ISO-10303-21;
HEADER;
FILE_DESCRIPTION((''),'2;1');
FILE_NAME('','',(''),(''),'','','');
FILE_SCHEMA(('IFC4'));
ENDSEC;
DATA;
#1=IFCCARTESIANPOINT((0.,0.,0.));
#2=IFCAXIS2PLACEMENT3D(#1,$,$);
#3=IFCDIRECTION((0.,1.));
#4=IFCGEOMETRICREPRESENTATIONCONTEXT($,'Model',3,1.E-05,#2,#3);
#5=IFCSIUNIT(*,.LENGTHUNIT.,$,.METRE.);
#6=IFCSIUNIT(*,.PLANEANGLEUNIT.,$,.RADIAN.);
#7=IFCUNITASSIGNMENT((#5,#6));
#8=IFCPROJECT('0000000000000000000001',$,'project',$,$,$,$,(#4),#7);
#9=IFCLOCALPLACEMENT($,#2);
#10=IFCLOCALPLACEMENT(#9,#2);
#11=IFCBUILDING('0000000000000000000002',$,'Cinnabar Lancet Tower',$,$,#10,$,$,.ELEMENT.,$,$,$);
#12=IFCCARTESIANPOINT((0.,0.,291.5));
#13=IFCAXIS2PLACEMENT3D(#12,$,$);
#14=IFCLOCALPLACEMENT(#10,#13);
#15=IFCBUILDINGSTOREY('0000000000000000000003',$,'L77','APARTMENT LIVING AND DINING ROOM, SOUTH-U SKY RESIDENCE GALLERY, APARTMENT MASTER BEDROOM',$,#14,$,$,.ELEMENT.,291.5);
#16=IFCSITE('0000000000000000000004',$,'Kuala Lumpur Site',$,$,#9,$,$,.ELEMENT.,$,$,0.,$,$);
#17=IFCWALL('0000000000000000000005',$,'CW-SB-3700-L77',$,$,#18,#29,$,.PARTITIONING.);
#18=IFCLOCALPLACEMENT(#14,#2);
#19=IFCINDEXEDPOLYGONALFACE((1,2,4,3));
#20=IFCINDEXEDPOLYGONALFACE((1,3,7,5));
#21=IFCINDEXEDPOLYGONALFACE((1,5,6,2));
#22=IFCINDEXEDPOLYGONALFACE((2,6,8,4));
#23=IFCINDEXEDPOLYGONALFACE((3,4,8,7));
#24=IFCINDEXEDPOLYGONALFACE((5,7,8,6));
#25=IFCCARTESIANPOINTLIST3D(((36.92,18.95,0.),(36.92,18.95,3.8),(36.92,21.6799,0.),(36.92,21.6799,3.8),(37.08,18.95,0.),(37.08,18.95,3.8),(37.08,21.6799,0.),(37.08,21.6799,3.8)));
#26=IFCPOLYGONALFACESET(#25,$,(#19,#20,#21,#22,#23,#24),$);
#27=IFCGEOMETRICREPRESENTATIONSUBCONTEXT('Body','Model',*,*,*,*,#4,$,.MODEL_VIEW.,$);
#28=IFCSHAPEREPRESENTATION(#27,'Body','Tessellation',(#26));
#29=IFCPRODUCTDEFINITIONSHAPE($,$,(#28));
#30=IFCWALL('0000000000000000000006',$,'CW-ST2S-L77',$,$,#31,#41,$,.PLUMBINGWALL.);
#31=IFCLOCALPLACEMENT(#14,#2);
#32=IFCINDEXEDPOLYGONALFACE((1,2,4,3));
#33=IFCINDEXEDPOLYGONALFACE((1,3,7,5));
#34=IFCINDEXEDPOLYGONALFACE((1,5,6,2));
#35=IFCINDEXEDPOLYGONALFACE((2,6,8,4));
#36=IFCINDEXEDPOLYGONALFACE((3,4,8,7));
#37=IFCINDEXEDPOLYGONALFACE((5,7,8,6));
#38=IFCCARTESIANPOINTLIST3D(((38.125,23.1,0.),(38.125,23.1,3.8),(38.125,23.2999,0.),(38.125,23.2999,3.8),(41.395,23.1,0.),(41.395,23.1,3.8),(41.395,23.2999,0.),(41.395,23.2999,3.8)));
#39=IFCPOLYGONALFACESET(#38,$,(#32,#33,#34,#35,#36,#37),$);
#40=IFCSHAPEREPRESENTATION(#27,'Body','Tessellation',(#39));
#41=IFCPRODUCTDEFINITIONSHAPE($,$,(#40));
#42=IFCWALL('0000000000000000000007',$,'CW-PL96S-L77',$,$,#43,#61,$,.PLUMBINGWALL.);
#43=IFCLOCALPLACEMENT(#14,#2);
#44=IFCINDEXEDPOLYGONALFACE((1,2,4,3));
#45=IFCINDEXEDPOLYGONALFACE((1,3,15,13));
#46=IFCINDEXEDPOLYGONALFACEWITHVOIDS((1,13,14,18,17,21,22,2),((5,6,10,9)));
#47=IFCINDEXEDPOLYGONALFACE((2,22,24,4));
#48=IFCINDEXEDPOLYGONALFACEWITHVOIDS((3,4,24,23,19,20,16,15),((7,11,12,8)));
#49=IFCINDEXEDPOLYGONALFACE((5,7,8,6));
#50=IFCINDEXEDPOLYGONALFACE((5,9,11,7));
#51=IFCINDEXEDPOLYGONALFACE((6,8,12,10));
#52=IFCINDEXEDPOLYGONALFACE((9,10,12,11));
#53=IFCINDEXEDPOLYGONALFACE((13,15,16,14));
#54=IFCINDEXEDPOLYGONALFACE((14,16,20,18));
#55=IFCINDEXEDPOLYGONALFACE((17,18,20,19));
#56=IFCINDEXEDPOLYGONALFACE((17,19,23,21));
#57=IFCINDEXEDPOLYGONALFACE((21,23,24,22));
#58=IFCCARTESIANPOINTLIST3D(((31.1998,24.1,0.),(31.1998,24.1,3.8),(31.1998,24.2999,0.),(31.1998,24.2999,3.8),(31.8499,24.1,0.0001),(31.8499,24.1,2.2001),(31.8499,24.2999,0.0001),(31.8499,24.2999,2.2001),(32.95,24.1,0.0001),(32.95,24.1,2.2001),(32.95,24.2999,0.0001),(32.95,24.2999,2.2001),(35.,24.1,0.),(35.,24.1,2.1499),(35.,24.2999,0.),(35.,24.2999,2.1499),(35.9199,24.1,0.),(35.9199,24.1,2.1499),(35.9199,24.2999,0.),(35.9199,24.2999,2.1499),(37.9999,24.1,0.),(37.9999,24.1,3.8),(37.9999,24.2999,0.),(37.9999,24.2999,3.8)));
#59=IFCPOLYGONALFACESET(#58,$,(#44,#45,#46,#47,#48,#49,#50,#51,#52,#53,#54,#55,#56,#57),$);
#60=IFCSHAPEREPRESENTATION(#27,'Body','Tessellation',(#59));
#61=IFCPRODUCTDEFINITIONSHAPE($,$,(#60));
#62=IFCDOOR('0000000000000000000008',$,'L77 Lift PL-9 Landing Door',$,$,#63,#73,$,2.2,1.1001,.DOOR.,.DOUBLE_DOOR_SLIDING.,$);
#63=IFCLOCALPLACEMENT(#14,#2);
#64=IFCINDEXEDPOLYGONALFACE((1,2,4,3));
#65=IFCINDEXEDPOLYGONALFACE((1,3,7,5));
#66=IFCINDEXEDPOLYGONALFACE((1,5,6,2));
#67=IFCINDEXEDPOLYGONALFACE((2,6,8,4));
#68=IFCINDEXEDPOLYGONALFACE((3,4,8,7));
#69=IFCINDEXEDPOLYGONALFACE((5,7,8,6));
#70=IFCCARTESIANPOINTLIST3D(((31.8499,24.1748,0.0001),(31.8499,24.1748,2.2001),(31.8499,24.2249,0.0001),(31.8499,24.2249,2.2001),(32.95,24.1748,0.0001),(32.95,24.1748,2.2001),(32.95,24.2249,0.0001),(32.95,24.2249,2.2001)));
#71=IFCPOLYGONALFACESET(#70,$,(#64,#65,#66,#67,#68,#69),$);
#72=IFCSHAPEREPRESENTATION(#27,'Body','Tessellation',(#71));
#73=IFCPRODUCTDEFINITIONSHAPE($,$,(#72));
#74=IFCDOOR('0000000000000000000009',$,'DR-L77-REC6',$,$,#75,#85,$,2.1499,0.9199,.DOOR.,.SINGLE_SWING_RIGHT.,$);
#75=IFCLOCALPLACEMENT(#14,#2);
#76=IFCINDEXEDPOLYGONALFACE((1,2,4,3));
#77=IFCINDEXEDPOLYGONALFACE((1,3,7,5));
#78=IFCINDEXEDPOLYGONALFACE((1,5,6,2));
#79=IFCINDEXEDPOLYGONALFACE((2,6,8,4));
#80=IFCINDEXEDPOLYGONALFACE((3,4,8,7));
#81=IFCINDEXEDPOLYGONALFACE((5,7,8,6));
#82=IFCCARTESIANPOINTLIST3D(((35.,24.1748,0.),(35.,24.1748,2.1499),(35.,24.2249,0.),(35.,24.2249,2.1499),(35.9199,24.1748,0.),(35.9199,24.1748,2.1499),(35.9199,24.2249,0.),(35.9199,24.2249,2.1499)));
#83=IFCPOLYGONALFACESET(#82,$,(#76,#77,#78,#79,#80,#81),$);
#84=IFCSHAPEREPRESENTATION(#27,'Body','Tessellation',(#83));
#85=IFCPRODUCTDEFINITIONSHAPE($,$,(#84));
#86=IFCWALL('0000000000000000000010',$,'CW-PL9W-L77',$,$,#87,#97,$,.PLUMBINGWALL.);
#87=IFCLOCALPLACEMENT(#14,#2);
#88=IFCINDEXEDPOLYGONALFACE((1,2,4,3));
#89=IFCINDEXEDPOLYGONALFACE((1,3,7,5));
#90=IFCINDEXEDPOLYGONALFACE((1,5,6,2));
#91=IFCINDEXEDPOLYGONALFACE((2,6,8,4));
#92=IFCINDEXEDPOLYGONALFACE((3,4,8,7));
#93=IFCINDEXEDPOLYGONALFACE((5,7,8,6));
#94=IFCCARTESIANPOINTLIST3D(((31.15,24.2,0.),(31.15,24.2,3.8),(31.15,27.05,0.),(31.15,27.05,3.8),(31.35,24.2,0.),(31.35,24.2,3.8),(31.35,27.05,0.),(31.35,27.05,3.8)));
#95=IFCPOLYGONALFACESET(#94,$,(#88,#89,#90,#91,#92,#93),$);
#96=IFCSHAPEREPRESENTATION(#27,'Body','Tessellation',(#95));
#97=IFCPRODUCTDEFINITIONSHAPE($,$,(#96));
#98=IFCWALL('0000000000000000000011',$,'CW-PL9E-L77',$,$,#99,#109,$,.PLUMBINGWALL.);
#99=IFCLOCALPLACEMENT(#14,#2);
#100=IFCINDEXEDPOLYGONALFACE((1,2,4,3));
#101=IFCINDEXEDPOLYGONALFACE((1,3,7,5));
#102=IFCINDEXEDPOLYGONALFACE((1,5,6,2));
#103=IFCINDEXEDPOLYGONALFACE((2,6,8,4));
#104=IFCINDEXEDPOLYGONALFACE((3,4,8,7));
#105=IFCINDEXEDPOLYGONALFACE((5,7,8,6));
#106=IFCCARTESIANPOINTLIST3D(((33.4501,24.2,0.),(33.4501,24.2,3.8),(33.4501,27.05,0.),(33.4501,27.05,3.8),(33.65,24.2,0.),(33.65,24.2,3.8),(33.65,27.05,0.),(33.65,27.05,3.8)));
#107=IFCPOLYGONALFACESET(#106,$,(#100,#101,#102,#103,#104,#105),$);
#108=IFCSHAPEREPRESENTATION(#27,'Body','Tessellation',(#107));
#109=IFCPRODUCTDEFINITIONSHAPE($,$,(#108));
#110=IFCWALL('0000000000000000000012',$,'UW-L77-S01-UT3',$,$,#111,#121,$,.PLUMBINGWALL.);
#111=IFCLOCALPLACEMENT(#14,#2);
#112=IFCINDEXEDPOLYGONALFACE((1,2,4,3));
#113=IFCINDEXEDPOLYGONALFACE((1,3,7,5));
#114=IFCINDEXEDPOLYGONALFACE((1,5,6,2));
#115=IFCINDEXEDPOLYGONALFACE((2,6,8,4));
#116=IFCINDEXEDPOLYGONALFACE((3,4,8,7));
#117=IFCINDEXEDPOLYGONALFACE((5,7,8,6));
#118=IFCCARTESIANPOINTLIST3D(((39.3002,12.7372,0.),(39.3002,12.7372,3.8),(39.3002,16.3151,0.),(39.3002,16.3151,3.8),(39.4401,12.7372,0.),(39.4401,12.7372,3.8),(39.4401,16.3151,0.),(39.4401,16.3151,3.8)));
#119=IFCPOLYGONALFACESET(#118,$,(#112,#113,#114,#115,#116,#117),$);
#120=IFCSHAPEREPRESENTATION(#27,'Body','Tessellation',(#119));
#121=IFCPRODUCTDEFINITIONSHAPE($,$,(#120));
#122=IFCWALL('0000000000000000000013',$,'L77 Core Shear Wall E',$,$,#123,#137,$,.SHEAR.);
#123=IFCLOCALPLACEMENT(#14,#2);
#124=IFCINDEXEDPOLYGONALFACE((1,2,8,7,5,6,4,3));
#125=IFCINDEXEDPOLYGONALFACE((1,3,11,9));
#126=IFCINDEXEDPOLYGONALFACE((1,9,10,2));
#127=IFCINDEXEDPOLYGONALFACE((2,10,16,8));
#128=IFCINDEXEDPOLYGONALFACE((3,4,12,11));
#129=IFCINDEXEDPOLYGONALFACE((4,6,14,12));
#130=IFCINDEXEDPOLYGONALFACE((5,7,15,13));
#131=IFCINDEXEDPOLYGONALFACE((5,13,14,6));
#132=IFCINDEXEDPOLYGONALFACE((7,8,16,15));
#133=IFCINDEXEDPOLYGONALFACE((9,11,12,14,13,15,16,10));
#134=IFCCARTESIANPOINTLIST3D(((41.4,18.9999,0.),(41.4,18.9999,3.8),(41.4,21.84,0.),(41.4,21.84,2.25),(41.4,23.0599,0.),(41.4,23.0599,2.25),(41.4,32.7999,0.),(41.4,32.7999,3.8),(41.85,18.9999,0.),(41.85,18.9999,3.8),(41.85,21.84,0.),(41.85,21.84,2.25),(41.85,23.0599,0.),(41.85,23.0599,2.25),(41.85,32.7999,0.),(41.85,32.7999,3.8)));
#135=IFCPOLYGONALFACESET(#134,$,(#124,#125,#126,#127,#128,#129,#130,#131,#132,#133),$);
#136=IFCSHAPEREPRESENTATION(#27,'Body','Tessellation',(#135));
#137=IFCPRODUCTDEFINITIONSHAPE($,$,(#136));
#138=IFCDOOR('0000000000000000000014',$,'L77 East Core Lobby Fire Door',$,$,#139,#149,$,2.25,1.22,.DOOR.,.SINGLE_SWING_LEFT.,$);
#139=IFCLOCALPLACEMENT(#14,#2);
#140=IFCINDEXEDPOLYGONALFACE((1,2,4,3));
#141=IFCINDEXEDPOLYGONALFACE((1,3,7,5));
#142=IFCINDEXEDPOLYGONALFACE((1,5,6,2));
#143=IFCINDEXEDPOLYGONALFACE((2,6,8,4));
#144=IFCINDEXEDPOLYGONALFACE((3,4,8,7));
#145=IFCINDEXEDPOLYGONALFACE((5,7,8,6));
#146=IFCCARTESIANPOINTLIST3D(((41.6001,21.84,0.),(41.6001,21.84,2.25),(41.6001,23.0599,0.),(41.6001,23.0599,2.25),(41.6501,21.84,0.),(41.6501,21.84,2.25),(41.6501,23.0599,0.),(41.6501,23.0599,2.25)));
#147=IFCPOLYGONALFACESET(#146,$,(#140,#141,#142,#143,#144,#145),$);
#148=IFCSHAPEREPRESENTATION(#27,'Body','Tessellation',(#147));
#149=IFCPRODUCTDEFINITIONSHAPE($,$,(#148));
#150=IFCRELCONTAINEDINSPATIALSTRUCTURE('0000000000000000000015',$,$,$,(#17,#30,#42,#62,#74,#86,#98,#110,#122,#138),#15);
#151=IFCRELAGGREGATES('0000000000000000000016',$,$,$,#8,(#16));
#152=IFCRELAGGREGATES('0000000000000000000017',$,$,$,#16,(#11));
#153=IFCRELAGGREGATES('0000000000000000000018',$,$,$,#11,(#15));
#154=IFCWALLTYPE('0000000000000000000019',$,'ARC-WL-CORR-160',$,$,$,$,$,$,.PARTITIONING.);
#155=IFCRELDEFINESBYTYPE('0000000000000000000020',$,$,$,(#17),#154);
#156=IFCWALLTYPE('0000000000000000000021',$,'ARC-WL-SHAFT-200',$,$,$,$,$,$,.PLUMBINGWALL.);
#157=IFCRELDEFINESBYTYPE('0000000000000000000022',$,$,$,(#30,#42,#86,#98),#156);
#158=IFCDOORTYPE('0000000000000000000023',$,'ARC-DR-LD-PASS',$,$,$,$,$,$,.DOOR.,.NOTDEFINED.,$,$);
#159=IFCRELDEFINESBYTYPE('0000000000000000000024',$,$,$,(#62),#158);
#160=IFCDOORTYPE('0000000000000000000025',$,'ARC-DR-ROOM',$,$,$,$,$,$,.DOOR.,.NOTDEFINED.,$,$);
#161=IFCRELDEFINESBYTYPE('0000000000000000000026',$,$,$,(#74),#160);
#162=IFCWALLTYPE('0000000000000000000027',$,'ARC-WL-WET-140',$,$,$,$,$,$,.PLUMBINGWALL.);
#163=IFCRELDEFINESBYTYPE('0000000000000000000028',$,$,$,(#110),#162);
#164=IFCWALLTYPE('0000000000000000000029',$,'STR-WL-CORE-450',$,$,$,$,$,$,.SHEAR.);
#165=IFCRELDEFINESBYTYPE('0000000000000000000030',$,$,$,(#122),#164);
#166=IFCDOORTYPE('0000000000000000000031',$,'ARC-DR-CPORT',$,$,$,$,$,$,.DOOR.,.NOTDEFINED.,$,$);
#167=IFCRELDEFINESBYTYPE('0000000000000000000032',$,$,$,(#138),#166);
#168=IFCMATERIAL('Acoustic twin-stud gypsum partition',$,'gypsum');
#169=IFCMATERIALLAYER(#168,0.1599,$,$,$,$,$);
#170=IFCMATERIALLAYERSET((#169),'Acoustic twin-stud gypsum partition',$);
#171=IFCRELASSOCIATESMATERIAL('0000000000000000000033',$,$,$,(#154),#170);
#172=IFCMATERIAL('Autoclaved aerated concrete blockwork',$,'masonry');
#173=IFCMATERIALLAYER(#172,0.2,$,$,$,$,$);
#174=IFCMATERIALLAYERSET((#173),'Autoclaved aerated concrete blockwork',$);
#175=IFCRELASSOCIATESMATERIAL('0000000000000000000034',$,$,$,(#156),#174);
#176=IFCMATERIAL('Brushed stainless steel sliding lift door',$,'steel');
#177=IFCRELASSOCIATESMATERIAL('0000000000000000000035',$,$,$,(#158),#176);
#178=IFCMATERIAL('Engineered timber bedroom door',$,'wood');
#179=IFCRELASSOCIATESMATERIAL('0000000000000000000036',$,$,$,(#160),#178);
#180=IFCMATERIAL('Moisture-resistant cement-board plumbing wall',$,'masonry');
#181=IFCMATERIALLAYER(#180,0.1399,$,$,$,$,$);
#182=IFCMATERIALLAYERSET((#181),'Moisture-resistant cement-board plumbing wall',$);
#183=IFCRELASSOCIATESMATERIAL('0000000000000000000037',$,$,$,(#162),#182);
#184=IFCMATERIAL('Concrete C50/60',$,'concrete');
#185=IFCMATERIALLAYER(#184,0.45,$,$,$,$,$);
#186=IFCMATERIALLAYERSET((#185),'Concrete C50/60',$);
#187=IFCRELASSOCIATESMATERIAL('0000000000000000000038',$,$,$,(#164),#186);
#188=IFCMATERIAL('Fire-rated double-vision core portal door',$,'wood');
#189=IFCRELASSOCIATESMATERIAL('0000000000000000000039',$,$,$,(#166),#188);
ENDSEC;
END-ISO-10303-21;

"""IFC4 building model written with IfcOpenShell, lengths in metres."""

from ifc_helpers import new_model, si_unit, direction, frame, frame_2d, origin, place, context, subcontext, project, spatial, rectangle, extrude, material, layer, layer_set, type_object, element, fill, save


model = new_model("IFC4")

# Units and contexts
model_context = context("Model", 3, precision=1e-05, world=origin(), true_north=direction((0.0, 1.0)))
body_context = subcontext(model_context, "Body", "Model", "MODEL_VIEW")
ifc_project = project(units=[si_unit("LENGTHUNIT", "METRE"), si_unit("PLANEANGLEUNIT", "RADIAN")], contexts=[model_context])

# Site, building, storey
site_placement = place(None, origin())
site = spatial("IfcSite", under=ifc_project, at=site_placement, Name="Kuala Lumpur Site", CompositionType="ELEMENT", RefElevation=0.0)
building_placement = place(site_placement, origin())
building = spatial("IfcBuilding", under=site, at=building_placement, Name="Cinnabar Lancet Tower", CompositionType="ELEMENT")
storey_placement = place(building_placement, frame((0.0, 0.0, 291.5)))
storey = spatial("IfcBuildingStorey", under=building, at=storey_placement, Name="L77", Description="APARTMENT LIVING AND DINING ROOM, SOUTH-U SKY RESIDENCE GALLERY, APARTMENT MASTER BEDROOM", CompositionType="ELEMENT", Elevation=291.5)

# Shared definitions
ifc_material_1 = material(Name="Acoustic twin-stud gypsum partition", Category="gypsum")
ifc_layer_1 = layer(ifc_material_1, 0.1599)
ifc_layer_set_1 = layer_set([ifc_layer_1], Name="Acoustic twin-stud gypsum partition")
wall_type_1 = type_object("IfcWallType", Name="ARC-WL-CORR-160", PredefinedType="PARTITIONING", material=ifc_layer_set_1)

# Walls
for number, where, z_axis, x_axis, name in (
    (1, (37.0, 18.95, 0.0), (0.0, 0.0, 1.0), (0.0, 1.0, 0.0), "CW-SB-3700-L77"),
):
    element("IfcWall", number, at=place(storey_placement, frame(where, z_axis=z_axis, x_axis=x_axis)), inside=storey, type_object=wall_type_1, Name=name, PredefinedType="PARTITIONING", context=body_context, shape_type="SweptSolid", body=[
        extrude(rectangle(XDim=2.73, YDim=0.1599, at=frame_2d((1.365, 0.0))), origin(), (0.0, 0.0, 1.0), 3.8),
    ])
ifc_material_2 = material(Name="Autoclaved aerated concrete blockwork", Category="masonry")
ifc_layer_2 = layer(ifc_material_2, 0.2)
ifc_layer_set_2 = layer_set([ifc_layer_2], Name="Autoclaved aerated concrete blockwork")
wall_type_2 = type_object("IfcWallType", Name="ARC-WL-SHAFT-200", PredefinedType="PLUMBINGWALL", material=ifc_layer_set_2)
wall_1_placement = place(storey_placement, frame((38.125, 23.2, 0.0), z_axis=(0.0, 0.0, 1.0), x_axis=(1.0, 0.0, 0.0)))
element("IfcWall", 2, at=wall_1_placement, inside=storey, type_object=wall_type_2, Name="CW-ST2S-L77", PredefinedType="PLUMBINGWALL", context=body_context, shape_type="SweptSolid", body=[
    extrude(rectangle(XDim=3.27, YDim=0.2, at=frame_2d((1.635, 0.0))), origin(), (0.0, 0.0, 1.0), 3.8),
])

# Wall, openings, doors
wall_2_placement = place(storey_placement, frame((31.2, 24.2, 0.0), z_axis=(0.0, 0.0, 1.0), x_axis=(1.0, 0.0, 0.0)))
wall_2 = element("IfcWall", 3, at=wall_2_placement, inside=storey, type_object=wall_type_2, Name="CW-PL96S-L77", PredefinedType="PLUMBINGWALL", context=body_context, shape_type="SweptSolid", body=[
    extrude(rectangle(XDim=6.8, YDim=0.2, at=frame_2d((3.3999, 0.0))), origin(), (0.0, 0.0, 1.0), 3.8),
])
opening_1_placement = place(wall_2_placement, frame((0.6499, 0.0, 0.0)))
opening_1 = element("IfcOpeningElement", 4, at=opening_1_placement, cuts=wall_2, PredefinedType="OPENING", context=body_context, shape_type="SweptSolid", body=[
    extrude(rectangle(XDim=1.1001, YDim=2.2, at=frame_2d((0.55, 1.1001))), frame((0.0, 0.1099, 0.0), z_axis=(0.0, -1.0, 0.0), x_axis=(1.0, 0.0, 0.0)), (0.0, 0.0, 1.0), 0.22),
])
opening_2_placement = place(wall_2_placement, frame((3.8, 0.0, 0.0)))
opening_2 = element("IfcOpeningElement", 5, at=opening_2_placement, cuts=wall_2, PredefinedType="OPENING", context=body_context, shape_type="SweptSolid", body=[
    extrude(rectangle(XDim=0.9199, YDim=2.1499, at=frame_2d((0.46, 1.075))), frame((0.0, 0.1099, 0.0), z_axis=(0.0, -1.0, 0.0), x_axis=(1.0, 0.0, 0.0)), (0.0, 0.0, 1.0), 0.22),
])
ifc_material_3 = material(Name="Brushed stainless steel sliding lift door", Category="steel")
door_type_1 = type_object("IfcDoorType", Name="ARC-DR-LD-PASS", OperationType="NOTDEFINED", PredefinedType="DOOR", material=ifc_material_3)
door_1_placement = place(opening_1_placement, origin())
door_1 = element("IfcDoor", 6, at=door_1_placement, inside=storey, type_object=door_type_1, Name="L77 Lift PL-9 Landing Door", OperationType="DOUBLE_DOOR_SLIDING", OverallHeight=2.2, OverallWidth=1.1001, PredefinedType="DOOR", context=body_context, shape_type="SweptSolid", body=[
    extrude(rectangle(XDim=1.1001, YDim=2.2, at=frame_2d((0.55, 1.1001))), frame((0.0, 0.0249, 0.0), z_axis=(0.0, -1.0, 0.0), x_axis=(1.0, 0.0, 0.0)), (0.0, 0.0, 1.0), 0.05),
])
fill(opening_1, door_1)
ifc_material_4 = material(Name="Engineered timber bedroom door", Category="wood")
door_type_2 = type_object("IfcDoorType", Name="ARC-DR-ROOM", OperationType="NOTDEFINED", PredefinedType="DOOR", material=ifc_material_4)
door_2_placement = place(opening_2_placement, origin())
door_2 = element("IfcDoor", 7, at=door_2_placement, inside=storey, type_object=door_type_2, Name="DR-L77-REC6", OperationType="SINGLE_SWING_RIGHT", OverallHeight=2.1499, OverallWidth=0.9199, PredefinedType="DOOR", context=body_context, shape_type="SweptSolid", body=[
    extrude(rectangle(XDim=0.9199, YDim=2.1499, at=frame_2d((0.46, 1.075))), frame((0.0, 0.0249, 0.0), z_axis=(0.0, -1.0, 0.0), x_axis=(1.0, 0.0, 0.0)), (0.0, 0.0, 1.0), 0.05),
])
fill(opening_2, door_2)

# Walls
for number, where, z_axis, x_axis, name in (
    (8, (31.25, 24.2, 0.0), (0.0, 0.0, 1.0), (0.0, 1.0, 0.0), "CW-PL9W-L77"),
    (9, (33.55, 24.2, 0.0), (0.0, 0.0, 1.0), (0.0, 1.0, 0.0), "CW-PL9E-L77"),
):
    element("IfcWall", number, at=place(storey_placement, frame(where, z_axis=z_axis, x_axis=x_axis)), inside=storey, type_object=wall_type_2, Name=name, PredefinedType="PLUMBINGWALL", context=body_context, shape_type="SweptSolid", body=[
        extrude(rectangle(XDim=2.8501, YDim=0.2, at=frame_2d((1.425, 0.0))), origin(), (0.0, 0.0, 1.0), 3.8),
    ])
ifc_material_5 = material(Name="Moisture-resistant cement-board plumbing wall", Category="masonry")
ifc_layer_3 = layer(ifc_material_5, 0.1399)
ifc_layer_set_3 = layer_set([ifc_layer_3], Name="Moisture-resistant cement-board plumbing wall")
wall_type_3 = type_object("IfcWallType", Name="ARC-WL-WET-140", PredefinedType="PLUMBINGWALL", material=ifc_layer_set_3)
wall_3_placement = place(storey_placement, frame((39.3701, 12.7371, 0.0), z_axis=(0.0, 0.0, 1.0), x_axis=(0.0, 1.0, 0.0)))
element("IfcWall", 10, at=wall_3_placement, inside=storey, type_object=wall_type_3, Name="UW-L77-S01-UT3", PredefinedType="PLUMBINGWALL", context=body_context, shape_type="SweptSolid", body=[
    extrude(rectangle(XDim=3.5779, YDim=0.1399, at=frame_2d((1.7891, 0.0))), origin(), (0.0, 0.0, 1.0), 3.8),
])

# Wall, opening, door
ifc_material_6 = material(Name="Concrete C50/60", Category="concrete")
ifc_layer_4 = layer(ifc_material_6, 0.45)
ifc_layer_set_4 = layer_set([ifc_layer_4], Name="Concrete C50/60")
wall_type_4 = type_object("IfcWallType", Name="STR-WL-CORE-450", PredefinedType="SHEAR", material=ifc_layer_set_4)
wall_4_placement = place(storey_placement, frame((41.625, 19.0, 0.0), z_axis=(0.0, 0.0, 1.0), x_axis=(0.0, 1.0, 0.0)))
wall_4 = element("IfcWall", 11, at=wall_4_placement, inside=storey, type_object=wall_type_4, Name="L77 Core Shear Wall E", PredefinedType="SHEAR", context=body_context, shape_type="SweptSolid", body=[
    extrude(rectangle(XDim=13.8, YDim=0.45, at=frame_2d((6.8999, 0.0))), origin(), (0.0, 0.0, 1.0), 3.8),
])
opening_3_placement = place(wall_4_placement, frame((2.8401, 0.0, 0.0)))
opening_3 = element("IfcOpeningElement", 12, at=opening_3_placement, cuts=wall_4, PredefinedType="OPENING", context=body_context, shape_type="SweptSolid", body=[
    extrude(rectangle(XDim=1.22, YDim=2.25, at=frame_2d((0.6099, 1.125))), frame((0.0, 0.2349, 0.0), z_axis=(0.0, -1.0, 0.0), x_axis=(1.0, 0.0, 0.0)), (0.0, 0.0, 1.0), 0.47),
])
ifc_material_7 = material(Name="Fire-rated double-vision core portal door", Category="wood")
door_type_3 = type_object("IfcDoorType", Name="ARC-DR-CPORT", OperationType="NOTDEFINED", PredefinedType="DOOR", material=ifc_material_7)
door_3_placement = place(opening_3_placement, origin())
door_3 = element("IfcDoor", 13, at=door_3_placement, inside=storey, type_object=door_type_3, Name="L77 East Core Lobby Fire Door", OperationType="SINGLE_SWING_LEFT", OverallHeight=2.25, OverallWidth=1.22, PredefinedType="DOOR", context=body_context, shape_type="SweptSolid", body=[
    extrude(rectangle(XDim=1.22, YDim=2.25, at=frame_2d((0.6099, 1.125))), frame((0.0, 0.0249, 0.0), z_axis=(0.0, -1.0, 0.0), x_axis=(1.0, 0.0, 0.0)), (0.0, 0.0, 1.0), 0.05),
])
fill(opening_3, door_3)

save(model, "model.ifc")
